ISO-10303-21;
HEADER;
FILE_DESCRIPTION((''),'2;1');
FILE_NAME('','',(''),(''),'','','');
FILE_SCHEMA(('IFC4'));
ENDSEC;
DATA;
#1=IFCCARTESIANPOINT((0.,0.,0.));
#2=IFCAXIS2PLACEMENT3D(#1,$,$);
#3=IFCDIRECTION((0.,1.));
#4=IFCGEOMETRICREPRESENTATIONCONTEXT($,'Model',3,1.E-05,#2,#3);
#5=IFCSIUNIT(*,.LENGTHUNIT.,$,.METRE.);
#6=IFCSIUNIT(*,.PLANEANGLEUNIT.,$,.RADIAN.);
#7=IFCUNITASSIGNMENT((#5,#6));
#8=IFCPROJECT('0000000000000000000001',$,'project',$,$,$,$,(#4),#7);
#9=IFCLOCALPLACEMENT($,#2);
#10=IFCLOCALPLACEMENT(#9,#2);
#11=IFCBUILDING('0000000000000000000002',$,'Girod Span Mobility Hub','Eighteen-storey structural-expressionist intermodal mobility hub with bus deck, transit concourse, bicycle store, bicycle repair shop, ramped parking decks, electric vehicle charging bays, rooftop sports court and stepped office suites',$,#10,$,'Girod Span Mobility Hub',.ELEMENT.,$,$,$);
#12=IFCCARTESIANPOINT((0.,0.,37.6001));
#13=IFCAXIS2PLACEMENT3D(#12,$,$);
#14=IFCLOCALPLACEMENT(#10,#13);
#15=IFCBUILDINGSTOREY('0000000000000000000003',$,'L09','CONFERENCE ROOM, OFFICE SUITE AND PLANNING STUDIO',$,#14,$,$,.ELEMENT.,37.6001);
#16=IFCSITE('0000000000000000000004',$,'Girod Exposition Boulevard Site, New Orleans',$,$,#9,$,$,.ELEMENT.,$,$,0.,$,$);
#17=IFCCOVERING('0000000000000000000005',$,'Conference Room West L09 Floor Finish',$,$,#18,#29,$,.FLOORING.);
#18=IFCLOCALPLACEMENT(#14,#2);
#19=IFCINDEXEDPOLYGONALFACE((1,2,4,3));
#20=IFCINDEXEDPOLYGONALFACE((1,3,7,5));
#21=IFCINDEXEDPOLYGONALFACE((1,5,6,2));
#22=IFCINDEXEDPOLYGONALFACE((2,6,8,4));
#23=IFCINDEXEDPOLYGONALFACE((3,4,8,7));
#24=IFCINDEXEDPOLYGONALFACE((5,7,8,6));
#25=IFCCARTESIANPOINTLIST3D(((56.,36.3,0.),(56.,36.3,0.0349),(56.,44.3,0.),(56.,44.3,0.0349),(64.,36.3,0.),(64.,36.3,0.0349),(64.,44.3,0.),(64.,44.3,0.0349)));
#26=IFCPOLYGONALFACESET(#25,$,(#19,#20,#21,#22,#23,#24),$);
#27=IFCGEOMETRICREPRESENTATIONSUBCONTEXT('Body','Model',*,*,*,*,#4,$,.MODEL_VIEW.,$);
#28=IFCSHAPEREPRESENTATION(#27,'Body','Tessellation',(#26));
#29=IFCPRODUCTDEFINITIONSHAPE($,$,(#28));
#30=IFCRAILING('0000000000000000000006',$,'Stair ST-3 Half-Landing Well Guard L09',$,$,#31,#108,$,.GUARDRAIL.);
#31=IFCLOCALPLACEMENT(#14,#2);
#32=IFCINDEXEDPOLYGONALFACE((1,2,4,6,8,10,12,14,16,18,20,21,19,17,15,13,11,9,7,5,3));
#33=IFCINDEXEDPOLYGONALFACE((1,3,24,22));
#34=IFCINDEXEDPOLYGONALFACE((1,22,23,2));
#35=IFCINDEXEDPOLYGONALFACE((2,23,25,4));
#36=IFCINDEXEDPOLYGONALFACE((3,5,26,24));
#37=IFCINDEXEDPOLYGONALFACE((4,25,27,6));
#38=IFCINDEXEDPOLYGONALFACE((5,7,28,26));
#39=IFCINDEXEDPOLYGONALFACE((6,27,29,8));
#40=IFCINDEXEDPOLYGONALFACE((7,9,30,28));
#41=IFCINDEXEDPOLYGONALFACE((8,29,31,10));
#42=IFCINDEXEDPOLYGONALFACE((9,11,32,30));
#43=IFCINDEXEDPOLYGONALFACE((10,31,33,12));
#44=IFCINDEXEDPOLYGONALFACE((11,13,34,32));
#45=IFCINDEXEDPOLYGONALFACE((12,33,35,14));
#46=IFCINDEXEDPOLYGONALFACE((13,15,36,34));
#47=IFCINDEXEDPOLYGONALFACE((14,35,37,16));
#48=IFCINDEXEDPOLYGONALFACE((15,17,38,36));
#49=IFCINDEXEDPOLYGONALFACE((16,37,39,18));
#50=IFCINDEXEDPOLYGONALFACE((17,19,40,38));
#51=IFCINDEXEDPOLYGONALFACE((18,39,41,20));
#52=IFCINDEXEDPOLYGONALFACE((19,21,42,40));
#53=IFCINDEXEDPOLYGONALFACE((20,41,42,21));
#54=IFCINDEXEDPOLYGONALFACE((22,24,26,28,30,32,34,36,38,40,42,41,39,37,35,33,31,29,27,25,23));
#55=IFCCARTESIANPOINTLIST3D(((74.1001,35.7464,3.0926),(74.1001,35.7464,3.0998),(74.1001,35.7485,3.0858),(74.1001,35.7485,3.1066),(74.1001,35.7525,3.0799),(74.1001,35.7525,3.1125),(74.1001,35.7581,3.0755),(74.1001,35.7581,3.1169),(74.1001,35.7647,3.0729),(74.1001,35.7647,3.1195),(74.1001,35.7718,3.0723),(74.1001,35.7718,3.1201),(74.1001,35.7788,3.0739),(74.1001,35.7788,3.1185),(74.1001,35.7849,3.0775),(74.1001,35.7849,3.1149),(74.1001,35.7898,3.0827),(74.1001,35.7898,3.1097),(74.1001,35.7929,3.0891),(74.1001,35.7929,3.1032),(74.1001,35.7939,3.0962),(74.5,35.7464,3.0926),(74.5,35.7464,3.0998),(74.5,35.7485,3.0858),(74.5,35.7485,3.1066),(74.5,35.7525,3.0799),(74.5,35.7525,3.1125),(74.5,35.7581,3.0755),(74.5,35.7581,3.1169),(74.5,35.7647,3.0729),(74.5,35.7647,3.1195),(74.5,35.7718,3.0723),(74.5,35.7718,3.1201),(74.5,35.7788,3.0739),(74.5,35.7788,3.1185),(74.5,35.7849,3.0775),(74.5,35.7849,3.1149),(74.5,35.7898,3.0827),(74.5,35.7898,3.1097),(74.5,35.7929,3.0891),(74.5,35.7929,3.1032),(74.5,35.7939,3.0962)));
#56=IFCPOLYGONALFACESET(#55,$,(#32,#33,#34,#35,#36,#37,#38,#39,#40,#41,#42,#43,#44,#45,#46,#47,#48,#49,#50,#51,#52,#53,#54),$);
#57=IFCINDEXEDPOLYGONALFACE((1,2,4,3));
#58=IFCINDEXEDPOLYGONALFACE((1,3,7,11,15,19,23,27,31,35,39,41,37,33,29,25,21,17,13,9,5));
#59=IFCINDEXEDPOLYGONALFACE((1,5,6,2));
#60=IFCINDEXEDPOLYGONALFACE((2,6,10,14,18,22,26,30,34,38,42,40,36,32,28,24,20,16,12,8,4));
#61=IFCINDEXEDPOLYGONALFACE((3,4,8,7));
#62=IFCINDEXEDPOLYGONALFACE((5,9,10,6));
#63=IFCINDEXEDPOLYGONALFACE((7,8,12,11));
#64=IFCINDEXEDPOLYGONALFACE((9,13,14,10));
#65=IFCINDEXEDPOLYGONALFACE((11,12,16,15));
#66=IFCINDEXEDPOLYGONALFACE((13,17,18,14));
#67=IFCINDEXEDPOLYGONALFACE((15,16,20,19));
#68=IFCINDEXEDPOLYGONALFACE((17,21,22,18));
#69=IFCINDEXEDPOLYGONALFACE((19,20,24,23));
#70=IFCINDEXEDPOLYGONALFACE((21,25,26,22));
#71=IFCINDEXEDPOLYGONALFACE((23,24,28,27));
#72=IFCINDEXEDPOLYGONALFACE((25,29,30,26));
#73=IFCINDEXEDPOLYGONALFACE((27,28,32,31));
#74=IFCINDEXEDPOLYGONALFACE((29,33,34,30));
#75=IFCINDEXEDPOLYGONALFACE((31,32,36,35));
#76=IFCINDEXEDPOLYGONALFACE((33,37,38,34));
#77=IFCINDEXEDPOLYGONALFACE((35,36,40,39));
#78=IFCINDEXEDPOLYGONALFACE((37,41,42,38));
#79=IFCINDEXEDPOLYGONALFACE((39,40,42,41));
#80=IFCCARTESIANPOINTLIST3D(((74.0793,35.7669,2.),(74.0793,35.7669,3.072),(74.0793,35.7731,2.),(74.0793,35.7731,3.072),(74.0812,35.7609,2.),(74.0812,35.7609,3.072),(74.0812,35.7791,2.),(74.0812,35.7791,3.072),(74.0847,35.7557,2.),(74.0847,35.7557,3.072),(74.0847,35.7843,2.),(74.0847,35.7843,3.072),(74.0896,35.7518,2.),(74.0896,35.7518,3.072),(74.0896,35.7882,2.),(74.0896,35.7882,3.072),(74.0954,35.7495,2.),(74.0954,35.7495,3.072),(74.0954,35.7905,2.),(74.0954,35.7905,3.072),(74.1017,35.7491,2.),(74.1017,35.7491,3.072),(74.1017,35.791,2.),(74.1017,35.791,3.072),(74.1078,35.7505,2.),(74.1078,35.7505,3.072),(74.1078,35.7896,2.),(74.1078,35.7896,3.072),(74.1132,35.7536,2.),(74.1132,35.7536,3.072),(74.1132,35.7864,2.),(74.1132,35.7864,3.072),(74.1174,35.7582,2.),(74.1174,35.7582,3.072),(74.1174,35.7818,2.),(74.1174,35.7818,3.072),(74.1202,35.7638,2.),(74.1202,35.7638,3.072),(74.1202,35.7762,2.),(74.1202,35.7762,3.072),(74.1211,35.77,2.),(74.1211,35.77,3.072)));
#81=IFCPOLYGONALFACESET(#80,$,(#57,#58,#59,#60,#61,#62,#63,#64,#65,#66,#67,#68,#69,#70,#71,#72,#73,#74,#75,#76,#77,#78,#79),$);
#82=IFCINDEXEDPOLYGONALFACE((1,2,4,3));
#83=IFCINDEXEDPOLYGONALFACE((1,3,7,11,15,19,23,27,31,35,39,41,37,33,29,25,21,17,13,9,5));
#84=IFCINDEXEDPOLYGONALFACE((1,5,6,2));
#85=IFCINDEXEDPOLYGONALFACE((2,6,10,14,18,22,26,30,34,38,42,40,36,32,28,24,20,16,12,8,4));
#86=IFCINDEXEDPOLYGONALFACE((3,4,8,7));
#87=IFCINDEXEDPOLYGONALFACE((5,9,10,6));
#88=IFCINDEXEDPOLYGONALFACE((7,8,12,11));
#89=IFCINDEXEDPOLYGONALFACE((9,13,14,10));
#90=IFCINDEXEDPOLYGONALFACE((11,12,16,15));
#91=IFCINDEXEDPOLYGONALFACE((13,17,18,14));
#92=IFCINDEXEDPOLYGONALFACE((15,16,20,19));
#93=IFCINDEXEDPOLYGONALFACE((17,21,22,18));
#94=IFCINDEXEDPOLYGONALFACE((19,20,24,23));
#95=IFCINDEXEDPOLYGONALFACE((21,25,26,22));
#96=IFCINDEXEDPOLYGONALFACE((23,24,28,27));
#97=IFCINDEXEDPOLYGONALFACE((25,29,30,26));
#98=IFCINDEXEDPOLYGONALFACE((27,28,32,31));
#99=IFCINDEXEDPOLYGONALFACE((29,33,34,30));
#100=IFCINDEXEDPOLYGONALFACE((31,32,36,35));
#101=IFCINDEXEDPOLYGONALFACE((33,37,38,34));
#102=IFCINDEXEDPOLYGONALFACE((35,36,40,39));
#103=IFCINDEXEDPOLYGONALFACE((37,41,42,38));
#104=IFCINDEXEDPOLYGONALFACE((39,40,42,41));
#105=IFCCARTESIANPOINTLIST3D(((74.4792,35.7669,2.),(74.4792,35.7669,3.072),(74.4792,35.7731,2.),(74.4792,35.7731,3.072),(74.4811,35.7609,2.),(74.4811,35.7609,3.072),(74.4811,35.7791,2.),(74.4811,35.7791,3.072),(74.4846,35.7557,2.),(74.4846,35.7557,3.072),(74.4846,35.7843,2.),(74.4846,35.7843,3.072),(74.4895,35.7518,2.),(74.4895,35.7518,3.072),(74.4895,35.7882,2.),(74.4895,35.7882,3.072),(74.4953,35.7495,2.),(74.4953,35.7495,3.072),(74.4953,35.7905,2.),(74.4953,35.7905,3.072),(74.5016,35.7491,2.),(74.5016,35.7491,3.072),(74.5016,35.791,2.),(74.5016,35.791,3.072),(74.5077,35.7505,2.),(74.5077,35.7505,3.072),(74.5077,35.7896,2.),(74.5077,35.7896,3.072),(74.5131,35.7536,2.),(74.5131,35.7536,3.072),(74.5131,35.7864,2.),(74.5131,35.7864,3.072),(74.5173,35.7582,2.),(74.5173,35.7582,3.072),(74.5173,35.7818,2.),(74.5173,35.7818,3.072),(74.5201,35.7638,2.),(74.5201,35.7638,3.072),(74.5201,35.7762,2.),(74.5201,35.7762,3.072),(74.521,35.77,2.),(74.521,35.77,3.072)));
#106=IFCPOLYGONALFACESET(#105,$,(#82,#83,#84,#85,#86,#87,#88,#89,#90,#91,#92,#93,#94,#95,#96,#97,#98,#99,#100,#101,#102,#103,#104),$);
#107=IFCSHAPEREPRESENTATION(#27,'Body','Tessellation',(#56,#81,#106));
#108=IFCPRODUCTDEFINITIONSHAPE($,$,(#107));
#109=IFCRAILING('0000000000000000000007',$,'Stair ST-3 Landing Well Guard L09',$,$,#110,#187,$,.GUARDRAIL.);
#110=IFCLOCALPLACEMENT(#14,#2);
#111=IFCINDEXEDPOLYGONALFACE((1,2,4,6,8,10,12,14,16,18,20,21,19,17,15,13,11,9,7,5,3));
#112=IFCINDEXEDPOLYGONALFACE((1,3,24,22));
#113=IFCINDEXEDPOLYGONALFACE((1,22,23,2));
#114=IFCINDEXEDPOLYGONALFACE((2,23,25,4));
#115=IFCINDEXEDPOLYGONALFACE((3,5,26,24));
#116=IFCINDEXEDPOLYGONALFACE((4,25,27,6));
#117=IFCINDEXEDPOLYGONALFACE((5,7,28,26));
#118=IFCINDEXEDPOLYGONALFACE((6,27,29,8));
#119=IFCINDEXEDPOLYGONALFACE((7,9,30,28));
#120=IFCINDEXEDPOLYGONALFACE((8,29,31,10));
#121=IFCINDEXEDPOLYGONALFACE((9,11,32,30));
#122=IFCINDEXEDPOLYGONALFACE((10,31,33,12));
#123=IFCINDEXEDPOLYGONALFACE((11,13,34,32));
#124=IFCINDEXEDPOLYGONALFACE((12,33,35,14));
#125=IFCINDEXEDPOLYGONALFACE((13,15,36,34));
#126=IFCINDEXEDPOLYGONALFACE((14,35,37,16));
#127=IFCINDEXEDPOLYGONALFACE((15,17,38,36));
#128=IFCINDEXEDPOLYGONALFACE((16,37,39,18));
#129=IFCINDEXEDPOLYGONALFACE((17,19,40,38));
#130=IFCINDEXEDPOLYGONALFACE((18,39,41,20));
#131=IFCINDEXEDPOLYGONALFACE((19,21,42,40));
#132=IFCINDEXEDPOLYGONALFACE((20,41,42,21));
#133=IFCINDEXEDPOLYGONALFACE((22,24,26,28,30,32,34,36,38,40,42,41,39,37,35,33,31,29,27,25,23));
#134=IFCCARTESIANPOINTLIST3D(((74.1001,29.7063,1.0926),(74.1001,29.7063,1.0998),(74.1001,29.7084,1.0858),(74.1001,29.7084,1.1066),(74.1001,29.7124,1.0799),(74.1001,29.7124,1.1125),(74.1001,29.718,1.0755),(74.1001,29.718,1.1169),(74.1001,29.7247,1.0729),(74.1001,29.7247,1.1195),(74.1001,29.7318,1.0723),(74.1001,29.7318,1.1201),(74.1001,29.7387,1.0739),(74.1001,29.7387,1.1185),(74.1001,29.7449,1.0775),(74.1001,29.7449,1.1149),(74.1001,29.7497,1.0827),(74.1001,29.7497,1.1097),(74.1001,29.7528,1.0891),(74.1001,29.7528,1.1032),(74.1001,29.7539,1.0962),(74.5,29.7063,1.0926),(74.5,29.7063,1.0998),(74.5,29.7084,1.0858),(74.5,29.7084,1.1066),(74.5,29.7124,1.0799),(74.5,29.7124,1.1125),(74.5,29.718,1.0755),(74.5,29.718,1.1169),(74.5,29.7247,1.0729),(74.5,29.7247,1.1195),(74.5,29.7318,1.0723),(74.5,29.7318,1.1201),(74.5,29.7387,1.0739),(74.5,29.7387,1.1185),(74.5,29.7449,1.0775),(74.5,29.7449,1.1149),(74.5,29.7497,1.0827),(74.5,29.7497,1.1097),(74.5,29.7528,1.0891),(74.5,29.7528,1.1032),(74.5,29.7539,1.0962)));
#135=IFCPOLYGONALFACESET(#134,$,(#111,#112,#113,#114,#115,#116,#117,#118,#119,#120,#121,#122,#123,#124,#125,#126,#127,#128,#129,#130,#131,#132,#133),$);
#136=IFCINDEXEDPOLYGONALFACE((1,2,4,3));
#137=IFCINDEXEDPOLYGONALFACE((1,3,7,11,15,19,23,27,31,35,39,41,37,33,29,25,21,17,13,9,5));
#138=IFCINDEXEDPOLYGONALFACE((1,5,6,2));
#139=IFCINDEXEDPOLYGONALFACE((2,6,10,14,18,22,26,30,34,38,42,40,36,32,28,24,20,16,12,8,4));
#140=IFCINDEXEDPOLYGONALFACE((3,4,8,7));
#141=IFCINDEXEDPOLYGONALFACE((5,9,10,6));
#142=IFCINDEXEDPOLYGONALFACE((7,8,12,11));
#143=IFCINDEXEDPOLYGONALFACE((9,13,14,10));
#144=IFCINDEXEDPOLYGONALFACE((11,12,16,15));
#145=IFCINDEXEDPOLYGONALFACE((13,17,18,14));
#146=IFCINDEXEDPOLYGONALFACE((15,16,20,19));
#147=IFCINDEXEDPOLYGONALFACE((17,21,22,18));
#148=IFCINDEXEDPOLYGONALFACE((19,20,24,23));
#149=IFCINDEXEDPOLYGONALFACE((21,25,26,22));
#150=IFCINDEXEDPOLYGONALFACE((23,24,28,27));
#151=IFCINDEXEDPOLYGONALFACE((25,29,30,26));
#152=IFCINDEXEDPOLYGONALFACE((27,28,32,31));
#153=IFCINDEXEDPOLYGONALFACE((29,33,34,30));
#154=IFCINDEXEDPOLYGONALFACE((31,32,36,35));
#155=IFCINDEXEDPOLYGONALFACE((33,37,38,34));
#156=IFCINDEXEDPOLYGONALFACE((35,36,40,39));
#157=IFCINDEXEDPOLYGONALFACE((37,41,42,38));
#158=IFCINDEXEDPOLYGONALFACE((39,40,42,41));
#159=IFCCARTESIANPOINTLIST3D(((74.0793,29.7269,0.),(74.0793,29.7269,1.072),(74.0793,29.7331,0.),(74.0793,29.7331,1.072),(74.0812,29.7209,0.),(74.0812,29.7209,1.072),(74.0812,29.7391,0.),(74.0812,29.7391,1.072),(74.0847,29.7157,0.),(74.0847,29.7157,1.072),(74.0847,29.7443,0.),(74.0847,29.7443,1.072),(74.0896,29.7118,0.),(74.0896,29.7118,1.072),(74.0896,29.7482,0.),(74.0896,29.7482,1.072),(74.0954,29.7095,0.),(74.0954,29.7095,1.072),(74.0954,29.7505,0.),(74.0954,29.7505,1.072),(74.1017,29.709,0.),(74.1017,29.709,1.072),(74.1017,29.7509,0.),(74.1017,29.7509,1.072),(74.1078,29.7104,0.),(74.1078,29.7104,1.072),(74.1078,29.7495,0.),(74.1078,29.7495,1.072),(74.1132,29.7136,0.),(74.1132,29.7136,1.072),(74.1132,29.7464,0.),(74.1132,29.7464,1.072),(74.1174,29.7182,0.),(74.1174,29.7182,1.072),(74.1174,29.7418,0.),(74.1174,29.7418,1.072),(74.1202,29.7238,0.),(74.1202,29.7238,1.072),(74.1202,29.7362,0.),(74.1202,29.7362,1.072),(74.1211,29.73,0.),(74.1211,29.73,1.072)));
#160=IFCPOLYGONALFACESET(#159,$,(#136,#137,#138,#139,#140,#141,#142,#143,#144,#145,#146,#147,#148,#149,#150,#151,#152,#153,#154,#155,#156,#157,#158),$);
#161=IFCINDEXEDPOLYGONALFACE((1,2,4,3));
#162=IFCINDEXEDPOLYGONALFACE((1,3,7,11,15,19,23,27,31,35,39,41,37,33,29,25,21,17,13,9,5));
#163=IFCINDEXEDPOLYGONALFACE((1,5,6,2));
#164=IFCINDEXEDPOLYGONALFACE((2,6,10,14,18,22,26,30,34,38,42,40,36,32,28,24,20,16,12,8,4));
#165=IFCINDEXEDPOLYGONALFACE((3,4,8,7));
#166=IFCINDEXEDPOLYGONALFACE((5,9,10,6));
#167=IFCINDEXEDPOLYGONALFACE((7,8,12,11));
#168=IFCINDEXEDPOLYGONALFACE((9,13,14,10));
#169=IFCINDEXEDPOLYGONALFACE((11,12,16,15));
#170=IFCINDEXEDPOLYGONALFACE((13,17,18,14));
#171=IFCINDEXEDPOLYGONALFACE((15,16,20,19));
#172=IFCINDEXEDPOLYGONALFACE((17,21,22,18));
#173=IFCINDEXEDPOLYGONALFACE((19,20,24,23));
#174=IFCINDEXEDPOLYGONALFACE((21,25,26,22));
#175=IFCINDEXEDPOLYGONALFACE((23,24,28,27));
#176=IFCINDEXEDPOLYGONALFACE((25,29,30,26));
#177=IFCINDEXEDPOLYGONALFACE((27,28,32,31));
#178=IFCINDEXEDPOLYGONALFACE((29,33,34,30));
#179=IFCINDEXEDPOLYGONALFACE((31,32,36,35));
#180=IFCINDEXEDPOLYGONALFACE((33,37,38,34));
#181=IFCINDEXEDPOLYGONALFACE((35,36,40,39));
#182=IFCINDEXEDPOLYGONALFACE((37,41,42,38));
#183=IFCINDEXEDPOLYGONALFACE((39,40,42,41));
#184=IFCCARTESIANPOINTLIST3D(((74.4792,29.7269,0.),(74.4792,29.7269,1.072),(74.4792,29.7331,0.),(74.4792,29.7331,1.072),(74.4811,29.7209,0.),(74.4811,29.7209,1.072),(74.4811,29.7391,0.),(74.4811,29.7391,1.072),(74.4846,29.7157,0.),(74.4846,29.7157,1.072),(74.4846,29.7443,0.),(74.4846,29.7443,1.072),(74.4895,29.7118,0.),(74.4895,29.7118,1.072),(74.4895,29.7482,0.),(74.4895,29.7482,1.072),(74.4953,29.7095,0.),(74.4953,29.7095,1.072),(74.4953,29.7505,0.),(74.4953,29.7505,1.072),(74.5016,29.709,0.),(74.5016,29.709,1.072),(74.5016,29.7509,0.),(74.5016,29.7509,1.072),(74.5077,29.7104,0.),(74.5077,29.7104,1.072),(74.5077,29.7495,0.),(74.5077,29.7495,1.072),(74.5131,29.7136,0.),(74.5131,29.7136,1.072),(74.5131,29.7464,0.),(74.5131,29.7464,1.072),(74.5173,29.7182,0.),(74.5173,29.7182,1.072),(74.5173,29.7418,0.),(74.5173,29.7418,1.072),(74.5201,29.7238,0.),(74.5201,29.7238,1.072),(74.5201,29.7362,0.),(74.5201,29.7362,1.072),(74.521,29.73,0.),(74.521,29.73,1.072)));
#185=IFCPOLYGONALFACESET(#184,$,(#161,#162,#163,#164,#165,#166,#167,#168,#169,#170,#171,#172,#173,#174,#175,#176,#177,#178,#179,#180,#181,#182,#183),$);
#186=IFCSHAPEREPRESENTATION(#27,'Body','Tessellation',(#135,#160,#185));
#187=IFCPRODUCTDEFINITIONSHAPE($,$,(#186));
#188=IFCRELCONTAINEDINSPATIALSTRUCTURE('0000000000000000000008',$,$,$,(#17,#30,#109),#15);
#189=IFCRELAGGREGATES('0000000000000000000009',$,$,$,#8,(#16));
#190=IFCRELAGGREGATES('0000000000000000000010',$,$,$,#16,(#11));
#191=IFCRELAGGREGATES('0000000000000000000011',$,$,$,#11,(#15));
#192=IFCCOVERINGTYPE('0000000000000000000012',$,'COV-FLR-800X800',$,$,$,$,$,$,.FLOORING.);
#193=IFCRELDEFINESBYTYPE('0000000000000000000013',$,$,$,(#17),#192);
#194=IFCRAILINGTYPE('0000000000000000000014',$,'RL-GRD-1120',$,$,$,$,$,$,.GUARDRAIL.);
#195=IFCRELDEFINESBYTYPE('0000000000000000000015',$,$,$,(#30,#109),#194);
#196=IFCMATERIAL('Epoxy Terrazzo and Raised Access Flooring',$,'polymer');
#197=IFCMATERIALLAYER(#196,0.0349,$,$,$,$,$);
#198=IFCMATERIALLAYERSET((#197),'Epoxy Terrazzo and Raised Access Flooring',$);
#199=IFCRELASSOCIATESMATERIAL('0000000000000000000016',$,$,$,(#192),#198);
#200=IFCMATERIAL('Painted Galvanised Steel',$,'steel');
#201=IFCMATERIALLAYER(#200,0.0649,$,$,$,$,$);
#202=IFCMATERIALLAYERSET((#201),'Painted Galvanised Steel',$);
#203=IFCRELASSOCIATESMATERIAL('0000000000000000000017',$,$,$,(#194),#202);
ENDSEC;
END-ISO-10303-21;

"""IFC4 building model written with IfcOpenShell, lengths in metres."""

from ifc_helpers import new_model, si_unit, direction, frame, origin, origin_2d, place, context, subcontext, project, spatial, rectangle, circle, extrude, material, layer, layer_set, type_object, element, save


model = new_model("IFC4")

# Units and contexts
model_context = context("Model", 3, precision=1e-05, world=origin(), true_north=direction((0.0, 1.0)))
body_context = subcontext(model_context, "Body", "Model", "MODEL_VIEW")
ifc_project = project(units=[si_unit("LENGTHUNIT", "METRE"), si_unit("PLANEANGLEUNIT", "RADIAN")], contexts=[model_context])

# Site, building, storey
site_placement = place(None, origin())
site = spatial("IfcSite", under=ifc_project, at=site_placement, Name="Girod Exposition Boulevard Site, New Orleans", CompositionType="ELEMENT", RefElevation=0.0)
building_placement = place(site_placement, origin())
building = spatial("IfcBuilding", under=site, at=building_placement, Name="Girod Span Mobility Hub", Description="Eighteen-storey structural-expressionist intermodal mobility hub with bus deck, transit concourse, bicycle store, bicycle repair shop, ramped parking decks, electric vehicle charging bays, rooftop sports court and stepped office suites", LongName="Girod Span Mobility Hub", CompositionType="ELEMENT")
storey_placement = place(building_placement, frame((0.0, 0.0, 37.6001)))
storey = spatial("IfcBuildingStorey", under=building, at=storey_placement, Name="L09", Description="CONFERENCE ROOM, OFFICE SUITE AND PLANNING STUDIO", CompositionType="ELEMENT", Elevation=37.6001)

# Covering
ifc_material_1 = material(Name="Epoxy Terrazzo and Raised Access Flooring", Category="polymer")
ifc_layer_1 = layer(ifc_material_1, 0.0349)
ifc_layer_set_1 = layer_set([ifc_layer_1], Name="Epoxy Terrazzo and Raised Access Flooring")
covering_type_1 = type_object("IfcCoveringType", Name="COV-FLR-800X800", PredefinedType="FLOORING", material=ifc_layer_set_1)
covering_1_placement = place(storey_placement, frame((60.0, 40.3, 0.0), z_axis=(0.0, 0.0, 1.0), x_axis=(1.0, 0.0, 0.0)))
element("IfcCovering", 1, at=covering_1_placement, inside=storey, type_object=covering_type_1, Name="Conference Room West L09 Floor Finish", PredefinedType="FLOORING", context=body_context, shape_type="SweptSolid", body=[
    extrude(rectangle(XDim=8.0, YDim=8.0, at=origin_2d()), origin(), (0.0, 0.0, 1.0), 0.0349),
])

# Railings
ifc_material_2 = material(Name="Painted Galvanised Steel", Category="steel")
ifc_layer_2 = layer(ifc_material_2, 0.0649)
ifc_layer_set_2 = layer_set([ifc_layer_2], Name="Painted Galvanised Steel")
railing_type_1 = type_object("IfcRailingType", Name="RL-GRD-1120", PredefinedType="GUARDRAIL", material=ifc_layer_set_2)
for number, where, name in (
    (2, (74.1001, 35.77, 2.0), "Stair ST-3 Half-Landing Well Guard L09"),
    (3, (74.1001, 29.73, 0.0), "Stair ST-3 Landing Well Guard L09"),
):
    element("IfcRailing", number, at=place(storey_placement, frame(where)), inside=storey, type_object=railing_type_1, Name=name, PredefinedType="GUARDRAIL", context=body_context, shape_type="SweptSolid", body=[
        extrude(circle(Radius=0.0239, at=origin_2d()), frame((0.0, 0.0, 1.0962), z_axis=(1.0, 0.0, 0.0), x_axis=(0.0, 1.0, 0.0)), (0.0, 0.0, 1.0), 0.3999),
        extrude(circle(Radius=0.021, at=origin_2d()), origin(), (0.0, 0.0, 1.0), 1.072),
        extrude(circle(Radius=0.021, at=origin_2d()), frame((0.3999, 0.0, 0.0)), (0.0, 0.0, 1.0), 1.072),
    ])

save(model, "model.ifc")
